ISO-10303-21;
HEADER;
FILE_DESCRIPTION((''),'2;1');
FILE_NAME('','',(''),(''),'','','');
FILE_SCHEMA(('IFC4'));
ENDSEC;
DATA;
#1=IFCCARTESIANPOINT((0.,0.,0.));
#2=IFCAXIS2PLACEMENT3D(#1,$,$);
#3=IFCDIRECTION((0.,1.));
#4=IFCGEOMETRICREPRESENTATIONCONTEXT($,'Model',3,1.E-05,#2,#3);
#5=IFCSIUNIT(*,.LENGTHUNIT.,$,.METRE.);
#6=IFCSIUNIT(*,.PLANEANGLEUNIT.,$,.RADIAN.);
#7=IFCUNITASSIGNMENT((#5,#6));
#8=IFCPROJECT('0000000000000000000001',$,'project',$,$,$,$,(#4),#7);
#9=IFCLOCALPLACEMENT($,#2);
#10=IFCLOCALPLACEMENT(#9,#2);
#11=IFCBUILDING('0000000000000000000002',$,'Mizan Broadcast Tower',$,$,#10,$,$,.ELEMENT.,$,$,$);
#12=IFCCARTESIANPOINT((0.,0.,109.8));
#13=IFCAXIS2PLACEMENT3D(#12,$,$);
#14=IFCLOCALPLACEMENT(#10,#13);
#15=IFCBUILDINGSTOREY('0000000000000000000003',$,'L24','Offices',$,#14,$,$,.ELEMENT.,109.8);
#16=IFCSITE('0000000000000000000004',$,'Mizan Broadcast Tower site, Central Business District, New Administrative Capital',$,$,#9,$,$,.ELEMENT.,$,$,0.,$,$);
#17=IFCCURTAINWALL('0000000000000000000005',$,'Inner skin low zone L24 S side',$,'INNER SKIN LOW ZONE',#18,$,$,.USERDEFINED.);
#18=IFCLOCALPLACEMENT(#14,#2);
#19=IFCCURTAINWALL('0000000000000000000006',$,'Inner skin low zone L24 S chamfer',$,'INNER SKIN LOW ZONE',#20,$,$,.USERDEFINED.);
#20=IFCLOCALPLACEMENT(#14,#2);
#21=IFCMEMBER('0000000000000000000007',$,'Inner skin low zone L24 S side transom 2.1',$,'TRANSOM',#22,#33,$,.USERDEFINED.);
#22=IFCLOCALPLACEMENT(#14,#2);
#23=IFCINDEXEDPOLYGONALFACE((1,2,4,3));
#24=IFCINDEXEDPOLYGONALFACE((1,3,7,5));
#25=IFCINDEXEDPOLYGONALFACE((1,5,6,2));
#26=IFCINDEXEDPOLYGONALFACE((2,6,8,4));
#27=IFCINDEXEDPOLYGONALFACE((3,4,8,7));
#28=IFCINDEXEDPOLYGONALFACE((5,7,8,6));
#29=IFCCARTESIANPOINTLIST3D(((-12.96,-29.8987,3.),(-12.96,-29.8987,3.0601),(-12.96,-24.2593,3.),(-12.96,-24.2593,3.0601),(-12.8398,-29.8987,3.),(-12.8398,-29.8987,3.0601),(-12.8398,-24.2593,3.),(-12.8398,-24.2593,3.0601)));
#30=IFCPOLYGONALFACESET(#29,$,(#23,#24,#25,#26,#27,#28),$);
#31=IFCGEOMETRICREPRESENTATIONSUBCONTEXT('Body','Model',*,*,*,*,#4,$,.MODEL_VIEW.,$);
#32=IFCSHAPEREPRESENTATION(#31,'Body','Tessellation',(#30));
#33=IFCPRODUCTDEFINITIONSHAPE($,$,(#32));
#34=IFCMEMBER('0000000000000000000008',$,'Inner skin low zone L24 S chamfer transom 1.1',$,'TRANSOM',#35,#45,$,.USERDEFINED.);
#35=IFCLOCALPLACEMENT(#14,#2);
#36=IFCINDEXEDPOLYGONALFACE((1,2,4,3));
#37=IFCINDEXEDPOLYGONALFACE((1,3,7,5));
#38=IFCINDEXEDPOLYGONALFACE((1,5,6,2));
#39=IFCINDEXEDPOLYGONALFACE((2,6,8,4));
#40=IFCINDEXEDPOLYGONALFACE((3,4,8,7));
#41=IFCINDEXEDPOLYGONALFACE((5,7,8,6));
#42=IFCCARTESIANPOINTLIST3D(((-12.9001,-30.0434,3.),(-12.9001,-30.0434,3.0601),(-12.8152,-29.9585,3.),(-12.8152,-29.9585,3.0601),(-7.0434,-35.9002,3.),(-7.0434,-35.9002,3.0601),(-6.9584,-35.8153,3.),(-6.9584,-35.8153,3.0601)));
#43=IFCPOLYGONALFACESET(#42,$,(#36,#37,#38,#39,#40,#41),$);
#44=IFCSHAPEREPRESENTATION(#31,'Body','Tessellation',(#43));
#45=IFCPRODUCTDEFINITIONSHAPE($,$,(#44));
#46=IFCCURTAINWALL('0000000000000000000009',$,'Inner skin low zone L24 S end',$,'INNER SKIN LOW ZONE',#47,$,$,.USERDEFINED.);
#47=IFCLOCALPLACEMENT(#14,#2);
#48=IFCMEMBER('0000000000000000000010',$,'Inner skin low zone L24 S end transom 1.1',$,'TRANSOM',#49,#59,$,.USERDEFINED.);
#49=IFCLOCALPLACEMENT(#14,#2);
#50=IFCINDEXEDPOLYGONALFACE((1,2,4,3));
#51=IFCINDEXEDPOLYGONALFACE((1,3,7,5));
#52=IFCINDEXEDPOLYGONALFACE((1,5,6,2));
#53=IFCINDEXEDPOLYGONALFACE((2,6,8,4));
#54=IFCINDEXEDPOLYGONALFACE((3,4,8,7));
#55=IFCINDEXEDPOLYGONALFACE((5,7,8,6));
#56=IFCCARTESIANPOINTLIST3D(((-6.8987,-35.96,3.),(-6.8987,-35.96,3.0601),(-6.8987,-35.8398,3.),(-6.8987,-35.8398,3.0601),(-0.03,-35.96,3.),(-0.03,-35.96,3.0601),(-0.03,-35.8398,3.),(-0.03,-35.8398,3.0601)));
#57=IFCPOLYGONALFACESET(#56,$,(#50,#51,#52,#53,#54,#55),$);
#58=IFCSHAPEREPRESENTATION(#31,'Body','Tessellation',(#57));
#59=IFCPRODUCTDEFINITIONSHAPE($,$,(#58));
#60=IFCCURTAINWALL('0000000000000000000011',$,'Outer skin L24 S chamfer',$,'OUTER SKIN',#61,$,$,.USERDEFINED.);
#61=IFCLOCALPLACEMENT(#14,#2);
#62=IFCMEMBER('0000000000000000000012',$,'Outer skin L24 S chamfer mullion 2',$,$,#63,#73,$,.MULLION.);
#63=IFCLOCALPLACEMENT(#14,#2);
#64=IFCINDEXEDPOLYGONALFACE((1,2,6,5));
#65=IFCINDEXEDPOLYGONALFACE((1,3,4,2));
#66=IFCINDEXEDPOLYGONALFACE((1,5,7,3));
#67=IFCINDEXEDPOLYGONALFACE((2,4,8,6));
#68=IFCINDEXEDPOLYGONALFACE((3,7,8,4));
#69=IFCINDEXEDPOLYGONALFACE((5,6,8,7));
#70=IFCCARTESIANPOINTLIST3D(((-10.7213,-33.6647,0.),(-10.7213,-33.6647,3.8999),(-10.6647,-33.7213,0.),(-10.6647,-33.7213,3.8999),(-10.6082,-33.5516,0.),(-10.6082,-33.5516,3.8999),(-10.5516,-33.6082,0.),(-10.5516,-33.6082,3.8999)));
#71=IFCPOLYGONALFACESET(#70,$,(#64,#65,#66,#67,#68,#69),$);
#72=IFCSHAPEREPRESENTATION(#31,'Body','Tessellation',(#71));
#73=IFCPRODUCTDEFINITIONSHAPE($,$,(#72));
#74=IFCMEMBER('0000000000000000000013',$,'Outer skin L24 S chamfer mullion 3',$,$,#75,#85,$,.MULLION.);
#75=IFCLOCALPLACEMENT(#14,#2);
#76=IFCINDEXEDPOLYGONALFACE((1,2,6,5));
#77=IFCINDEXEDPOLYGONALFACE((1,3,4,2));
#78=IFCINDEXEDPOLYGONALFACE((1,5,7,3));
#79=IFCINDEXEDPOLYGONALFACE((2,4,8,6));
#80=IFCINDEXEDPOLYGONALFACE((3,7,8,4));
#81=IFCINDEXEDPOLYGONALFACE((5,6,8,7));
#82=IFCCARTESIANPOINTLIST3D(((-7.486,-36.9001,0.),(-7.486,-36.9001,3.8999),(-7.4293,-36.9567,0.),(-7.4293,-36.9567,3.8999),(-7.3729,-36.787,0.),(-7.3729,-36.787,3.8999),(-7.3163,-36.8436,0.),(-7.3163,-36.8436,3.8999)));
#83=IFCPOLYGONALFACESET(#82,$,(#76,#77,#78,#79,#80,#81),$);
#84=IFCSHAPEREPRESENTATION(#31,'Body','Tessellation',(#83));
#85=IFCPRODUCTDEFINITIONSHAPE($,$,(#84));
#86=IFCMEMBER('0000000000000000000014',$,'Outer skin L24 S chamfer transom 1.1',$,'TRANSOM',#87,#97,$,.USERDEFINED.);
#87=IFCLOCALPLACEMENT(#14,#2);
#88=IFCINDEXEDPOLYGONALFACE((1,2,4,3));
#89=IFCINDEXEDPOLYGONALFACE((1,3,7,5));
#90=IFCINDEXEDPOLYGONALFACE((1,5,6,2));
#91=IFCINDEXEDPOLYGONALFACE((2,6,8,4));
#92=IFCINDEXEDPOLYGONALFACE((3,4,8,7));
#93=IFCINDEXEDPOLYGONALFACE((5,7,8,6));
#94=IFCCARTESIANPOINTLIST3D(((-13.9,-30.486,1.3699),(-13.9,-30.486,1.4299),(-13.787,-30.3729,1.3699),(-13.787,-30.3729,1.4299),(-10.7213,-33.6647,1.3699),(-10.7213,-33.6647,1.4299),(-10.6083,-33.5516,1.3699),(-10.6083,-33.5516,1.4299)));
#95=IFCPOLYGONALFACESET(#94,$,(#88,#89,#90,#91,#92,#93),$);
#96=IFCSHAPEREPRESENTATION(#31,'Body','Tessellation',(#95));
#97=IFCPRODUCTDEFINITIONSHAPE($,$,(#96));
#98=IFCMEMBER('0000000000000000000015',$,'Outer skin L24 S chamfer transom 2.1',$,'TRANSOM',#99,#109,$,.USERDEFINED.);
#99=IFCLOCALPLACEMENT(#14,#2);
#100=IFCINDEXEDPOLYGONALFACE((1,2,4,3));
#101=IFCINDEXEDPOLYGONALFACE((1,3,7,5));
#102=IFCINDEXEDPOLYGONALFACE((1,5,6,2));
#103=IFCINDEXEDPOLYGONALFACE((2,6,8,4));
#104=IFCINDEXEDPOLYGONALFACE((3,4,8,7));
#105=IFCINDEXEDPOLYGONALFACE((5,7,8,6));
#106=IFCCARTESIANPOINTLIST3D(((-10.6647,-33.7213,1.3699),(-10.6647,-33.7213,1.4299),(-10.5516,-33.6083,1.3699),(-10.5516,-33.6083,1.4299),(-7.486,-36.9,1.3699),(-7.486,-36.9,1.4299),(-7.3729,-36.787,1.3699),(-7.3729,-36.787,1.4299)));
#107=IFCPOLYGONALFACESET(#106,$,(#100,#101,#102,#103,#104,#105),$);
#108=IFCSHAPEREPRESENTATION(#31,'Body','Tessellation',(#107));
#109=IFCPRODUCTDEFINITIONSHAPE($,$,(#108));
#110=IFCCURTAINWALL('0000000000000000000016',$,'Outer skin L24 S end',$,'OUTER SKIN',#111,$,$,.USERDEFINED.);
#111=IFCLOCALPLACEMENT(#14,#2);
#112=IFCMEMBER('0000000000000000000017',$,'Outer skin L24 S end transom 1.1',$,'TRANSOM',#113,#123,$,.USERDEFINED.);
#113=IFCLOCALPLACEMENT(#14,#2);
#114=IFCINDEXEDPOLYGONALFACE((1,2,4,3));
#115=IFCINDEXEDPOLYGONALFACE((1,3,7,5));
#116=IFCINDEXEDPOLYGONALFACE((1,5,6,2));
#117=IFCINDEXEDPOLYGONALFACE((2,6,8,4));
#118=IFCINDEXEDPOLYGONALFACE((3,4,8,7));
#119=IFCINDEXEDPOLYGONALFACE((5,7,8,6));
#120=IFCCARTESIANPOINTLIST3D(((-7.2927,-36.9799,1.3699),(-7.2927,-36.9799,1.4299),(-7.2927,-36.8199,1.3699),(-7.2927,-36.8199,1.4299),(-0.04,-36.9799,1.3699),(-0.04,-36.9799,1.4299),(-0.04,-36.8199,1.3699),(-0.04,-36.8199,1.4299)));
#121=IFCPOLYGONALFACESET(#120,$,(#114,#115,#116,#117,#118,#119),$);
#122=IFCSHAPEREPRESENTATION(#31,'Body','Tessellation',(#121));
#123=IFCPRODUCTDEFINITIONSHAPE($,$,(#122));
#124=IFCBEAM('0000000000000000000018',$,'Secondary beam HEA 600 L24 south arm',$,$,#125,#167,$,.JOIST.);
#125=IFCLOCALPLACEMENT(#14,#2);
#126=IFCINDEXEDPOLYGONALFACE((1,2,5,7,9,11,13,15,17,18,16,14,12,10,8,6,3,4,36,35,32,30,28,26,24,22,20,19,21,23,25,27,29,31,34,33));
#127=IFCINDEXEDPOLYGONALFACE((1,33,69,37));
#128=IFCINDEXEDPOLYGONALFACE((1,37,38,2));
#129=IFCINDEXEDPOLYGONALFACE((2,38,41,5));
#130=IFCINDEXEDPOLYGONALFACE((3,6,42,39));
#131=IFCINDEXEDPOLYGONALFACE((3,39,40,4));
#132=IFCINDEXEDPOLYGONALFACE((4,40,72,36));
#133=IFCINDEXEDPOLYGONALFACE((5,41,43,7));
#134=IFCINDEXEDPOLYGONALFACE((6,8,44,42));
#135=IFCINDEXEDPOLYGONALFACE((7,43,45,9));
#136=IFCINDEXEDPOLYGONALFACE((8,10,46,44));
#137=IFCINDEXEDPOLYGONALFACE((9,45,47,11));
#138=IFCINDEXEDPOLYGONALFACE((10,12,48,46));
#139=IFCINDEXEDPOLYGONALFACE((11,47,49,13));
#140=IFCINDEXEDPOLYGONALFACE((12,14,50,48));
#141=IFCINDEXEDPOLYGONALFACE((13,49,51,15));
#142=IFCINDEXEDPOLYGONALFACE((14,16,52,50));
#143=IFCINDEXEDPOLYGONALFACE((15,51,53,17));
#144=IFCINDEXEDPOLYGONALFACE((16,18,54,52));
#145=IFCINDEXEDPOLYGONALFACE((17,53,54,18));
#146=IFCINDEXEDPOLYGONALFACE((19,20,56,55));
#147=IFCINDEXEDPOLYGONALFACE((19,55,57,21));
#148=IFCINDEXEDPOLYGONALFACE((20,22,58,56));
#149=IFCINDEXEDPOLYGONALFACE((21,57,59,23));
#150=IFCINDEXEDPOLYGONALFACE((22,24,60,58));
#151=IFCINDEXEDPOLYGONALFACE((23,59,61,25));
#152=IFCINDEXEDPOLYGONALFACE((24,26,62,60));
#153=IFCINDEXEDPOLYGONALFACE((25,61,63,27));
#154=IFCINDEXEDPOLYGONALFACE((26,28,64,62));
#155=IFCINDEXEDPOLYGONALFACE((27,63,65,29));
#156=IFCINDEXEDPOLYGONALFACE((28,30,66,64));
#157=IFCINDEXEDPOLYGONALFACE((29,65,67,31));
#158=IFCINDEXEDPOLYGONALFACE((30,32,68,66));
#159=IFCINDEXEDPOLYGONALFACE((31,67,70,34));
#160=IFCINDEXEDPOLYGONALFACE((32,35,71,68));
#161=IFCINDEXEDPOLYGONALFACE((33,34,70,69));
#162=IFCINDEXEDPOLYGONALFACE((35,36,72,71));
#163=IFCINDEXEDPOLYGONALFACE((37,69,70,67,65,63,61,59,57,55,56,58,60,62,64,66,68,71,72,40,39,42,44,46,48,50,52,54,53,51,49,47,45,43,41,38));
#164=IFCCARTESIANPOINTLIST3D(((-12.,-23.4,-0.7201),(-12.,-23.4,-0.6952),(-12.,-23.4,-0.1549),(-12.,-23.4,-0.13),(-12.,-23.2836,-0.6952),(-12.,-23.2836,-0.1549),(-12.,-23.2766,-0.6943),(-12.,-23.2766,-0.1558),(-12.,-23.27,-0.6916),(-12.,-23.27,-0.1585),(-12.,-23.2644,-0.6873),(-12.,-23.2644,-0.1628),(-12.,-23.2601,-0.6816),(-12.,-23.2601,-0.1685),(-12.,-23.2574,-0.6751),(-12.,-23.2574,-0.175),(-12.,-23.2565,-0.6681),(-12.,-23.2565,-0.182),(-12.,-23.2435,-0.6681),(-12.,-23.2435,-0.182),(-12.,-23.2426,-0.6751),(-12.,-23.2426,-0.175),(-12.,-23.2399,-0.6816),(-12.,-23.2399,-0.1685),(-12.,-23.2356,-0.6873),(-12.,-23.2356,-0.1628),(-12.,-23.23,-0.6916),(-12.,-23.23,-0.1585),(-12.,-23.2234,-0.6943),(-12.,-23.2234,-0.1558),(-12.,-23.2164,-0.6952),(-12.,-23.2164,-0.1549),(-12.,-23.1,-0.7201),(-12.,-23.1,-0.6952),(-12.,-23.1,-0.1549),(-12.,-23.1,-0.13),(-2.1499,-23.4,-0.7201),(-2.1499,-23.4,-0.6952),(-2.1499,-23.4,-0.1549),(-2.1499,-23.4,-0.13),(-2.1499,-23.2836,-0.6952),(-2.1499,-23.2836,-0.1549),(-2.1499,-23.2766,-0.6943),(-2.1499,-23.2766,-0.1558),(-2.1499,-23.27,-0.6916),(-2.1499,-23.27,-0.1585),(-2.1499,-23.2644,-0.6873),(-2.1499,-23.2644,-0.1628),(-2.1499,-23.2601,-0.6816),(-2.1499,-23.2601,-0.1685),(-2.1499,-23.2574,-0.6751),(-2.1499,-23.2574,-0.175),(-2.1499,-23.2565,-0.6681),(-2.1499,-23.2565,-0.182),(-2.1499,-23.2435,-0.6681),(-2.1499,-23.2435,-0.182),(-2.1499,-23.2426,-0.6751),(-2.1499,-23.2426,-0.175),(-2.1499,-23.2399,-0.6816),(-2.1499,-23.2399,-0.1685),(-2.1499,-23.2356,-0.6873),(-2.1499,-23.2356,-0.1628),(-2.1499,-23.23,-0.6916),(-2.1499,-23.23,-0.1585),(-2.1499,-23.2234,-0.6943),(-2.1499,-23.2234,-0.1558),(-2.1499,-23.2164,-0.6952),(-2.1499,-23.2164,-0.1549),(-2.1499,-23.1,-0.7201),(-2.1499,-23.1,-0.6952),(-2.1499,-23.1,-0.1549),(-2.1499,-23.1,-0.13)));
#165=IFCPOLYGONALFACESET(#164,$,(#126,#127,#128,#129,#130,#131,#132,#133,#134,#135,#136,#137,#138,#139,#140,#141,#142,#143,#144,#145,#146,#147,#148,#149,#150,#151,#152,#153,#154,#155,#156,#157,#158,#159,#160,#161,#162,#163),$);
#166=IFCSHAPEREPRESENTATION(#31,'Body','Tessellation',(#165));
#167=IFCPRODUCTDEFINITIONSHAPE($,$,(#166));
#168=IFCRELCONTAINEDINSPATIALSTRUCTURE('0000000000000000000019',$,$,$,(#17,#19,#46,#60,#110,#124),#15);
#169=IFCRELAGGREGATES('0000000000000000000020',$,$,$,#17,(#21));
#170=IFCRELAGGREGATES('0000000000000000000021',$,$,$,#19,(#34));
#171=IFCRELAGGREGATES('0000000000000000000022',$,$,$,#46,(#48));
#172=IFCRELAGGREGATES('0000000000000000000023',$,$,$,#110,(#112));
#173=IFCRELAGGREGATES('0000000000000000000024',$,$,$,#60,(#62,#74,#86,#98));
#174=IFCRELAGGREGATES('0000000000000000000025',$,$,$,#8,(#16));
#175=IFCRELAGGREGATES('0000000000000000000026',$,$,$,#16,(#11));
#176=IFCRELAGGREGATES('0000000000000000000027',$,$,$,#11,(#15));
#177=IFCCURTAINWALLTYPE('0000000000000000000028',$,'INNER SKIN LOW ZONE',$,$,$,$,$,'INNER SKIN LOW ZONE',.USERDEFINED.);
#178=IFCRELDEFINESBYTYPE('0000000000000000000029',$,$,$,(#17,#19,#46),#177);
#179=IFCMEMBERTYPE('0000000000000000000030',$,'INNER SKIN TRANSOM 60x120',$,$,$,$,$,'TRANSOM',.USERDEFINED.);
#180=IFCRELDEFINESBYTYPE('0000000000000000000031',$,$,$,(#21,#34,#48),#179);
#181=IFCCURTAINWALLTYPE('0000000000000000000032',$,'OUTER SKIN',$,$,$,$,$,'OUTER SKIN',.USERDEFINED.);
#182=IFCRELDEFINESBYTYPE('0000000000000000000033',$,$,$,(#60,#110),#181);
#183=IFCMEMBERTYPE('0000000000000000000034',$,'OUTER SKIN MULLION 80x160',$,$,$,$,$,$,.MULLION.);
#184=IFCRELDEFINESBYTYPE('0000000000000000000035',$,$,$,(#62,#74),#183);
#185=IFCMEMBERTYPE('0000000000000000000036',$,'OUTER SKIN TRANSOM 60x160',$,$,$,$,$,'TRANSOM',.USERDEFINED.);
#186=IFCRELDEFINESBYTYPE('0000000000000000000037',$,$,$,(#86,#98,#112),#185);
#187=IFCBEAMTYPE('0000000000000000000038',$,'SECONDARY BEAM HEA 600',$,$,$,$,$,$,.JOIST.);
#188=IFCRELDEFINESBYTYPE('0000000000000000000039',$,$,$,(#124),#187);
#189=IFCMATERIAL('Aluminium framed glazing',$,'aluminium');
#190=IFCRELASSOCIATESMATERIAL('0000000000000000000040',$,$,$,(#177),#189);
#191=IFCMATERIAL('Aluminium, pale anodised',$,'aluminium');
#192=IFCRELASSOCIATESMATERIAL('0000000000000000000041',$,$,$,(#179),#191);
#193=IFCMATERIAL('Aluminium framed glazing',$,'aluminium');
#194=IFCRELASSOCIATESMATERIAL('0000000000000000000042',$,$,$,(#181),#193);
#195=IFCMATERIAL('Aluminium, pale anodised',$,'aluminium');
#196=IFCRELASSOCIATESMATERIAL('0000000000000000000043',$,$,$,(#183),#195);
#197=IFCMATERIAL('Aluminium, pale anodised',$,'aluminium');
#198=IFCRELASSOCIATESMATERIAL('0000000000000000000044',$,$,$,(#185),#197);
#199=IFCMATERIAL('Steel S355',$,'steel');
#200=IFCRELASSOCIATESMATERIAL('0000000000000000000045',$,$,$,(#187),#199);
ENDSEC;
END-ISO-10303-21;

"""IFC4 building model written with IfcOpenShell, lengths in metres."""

from ifc_helpers import new_model, si_unit, direction, frame, origin, origin_2d, place, context, subcontext, project, spatial, rectangle, i_section, extrude, material, material_profile, profile_set, type_object, element, aggregate, save


model = new_model("IFC4")

# Units and contexts
model_context = context("Model", 3, precision=1e-05, world=origin(), true_north=direction((0.0, 1.0)))
body_context = subcontext(model_context, "Body", "Model", "MODEL_VIEW")
ifc_project = project(units=[si_unit("LENGTHUNIT", "METRE"), si_unit("PLANEANGLEUNIT", "RADIAN")], contexts=[model_context])

# Site, building, storey
site_placement = place(None, origin())
site = spatial("IfcSite", under=ifc_project, at=site_placement, Name="Mizan Broadcast Tower site, Central Business District, New Administrative Capital", CompositionType="ELEMENT", RefElevation=0.0)
building_placement = place(site_placement, origin())
building = spatial("IfcBuilding", under=site, at=building_placement, Name="Mizan Broadcast Tower", CompositionType="ELEMENT")
storey_placement = place(building_placement, frame((0.0, 0.0, 109.8)))
storey = spatial("IfcBuildingStorey", under=building, at=storey_placement, Name="L24", Description="Offices", CompositionType="ELEMENT", Elevation=109.8)

# Curtain wall
ifc_material_1 = material(Name="Aluminium framed glazing", Category="aluminium")
curtain_wall_type_1 = type_object("IfcCurtainWallType", Name="INNER SKIN LOW ZONE", ElementType="INNER SKIN LOW ZONE", PredefinedType="USERDEFINED", material=ifc_material_1)
curtain_wall_1_placement = place(storey_placement, origin())
curtain_wall_1 = element("IfcCurtainWall", 1, at=curtain_wall_1_placement, inside=storey, type_object=curtain_wall_type_1, Name="Inner skin low zone L24 S side", ObjectType="INNER SKIN LOW ZONE", PredefinedType="USERDEFINED")

# Curtain wall
curtain_wall_2_placement = place(storey_placement, origin())
curtain_wall_2 = element("IfcCurtainWall", 2, at=curtain_wall_2_placement, inside=storey, type_object=curtain_wall_type_1, Name="Inner skin low zone L24 S chamfer", ObjectType="INNER SKIN LOW ZONE", PredefinedType="USERDEFINED")

# Members
ifc_material_2 = material(Name="Aluminium, pale anodised", Category="aluminium")
ifc_material_profile_1 = material_profile(ifc_material_2, rectangle(XDim=0.1201, YDim=0.0601, at=origin_2d()), Name="TRANSOM 120x60")
ifc_profile_set_1 = profile_set([ifc_material_profile_1], Name="Aluminium, pale anodised")
member_type_1 = type_object("IfcMemberType", Name="INNER SKIN TRANSOM 60x120", ElementType="TRANSOM", PredefinedType="USERDEFINED", material=ifc_profile_set_1)
member_1_placement = place(storey_placement, frame((-12.8999, -24.2593, 3.03), z_axis=(0.0, -1.0, 0.0), x_axis=(1.0, 0.0, 0.0)))
member_1 = element("IfcMember", 3, at=member_1_placement, type_object=member_type_1, Name="Inner skin low zone L24 S side transom 2.1", ObjectType="TRANSOM", PredefinedType="USERDEFINED", context=body_context, shape_type="SweptSolid", body=[
    extrude(rectangle(XDim=0.1201, YDim=0.0601, at=origin_2d()), origin(), (0.0, 0.0, 1.0), 5.6394),
])
member_2_placement = place(storey_placement, frame((-12.8577, -30.001, 3.03), z_axis=(0.707107, -0.707107, 0.0), x_axis=(0.707107, 0.707107, 0.0)))
member_2 = element("IfcMember", 4, at=member_2_placement, type_object=member_type_1, Name="Inner skin low zone L24 S chamfer transom 1.1", ObjectType="TRANSOM", PredefinedType="USERDEFINED", context=body_context, shape_type="SweptSolid", body=[
    extrude(rectangle(XDim=0.1201, YDim=0.0601, at=origin_2d()), origin(), (0.0, 0.0, 1.0), 8.2827),
])

# Curtain wall, member
curtain_wall_3_placement = place(storey_placement, origin())
curtain_wall_3 = element("IfcCurtainWall", 5, at=curtain_wall_3_placement, inside=storey, type_object=curtain_wall_type_1, Name="Inner skin low zone L24 S end", ObjectType="INNER SKIN LOW ZONE", PredefinedType="USERDEFINED")
member_3_placement = place(storey_placement, frame((-6.8987, -35.8999, 3.03), z_axis=(1.0, 0.0, 0.0), x_axis=(0.0, 1.0, 0.0)))
member_3 = element("IfcMember", 6, at=member_3_placement, type_object=member_type_1, Name="Inner skin low zone L24 S end transom 1.1", ObjectType="TRANSOM", PredefinedType="USERDEFINED", context=body_context, shape_type="SweptSolid", body=[
    extrude(rectangle(XDim=0.1201, YDim=0.0601, at=origin_2d()), origin(), (0.0, 0.0, 1.0), 6.8687),
])

# Curtain wall, members
ifc_material_3 = material(Name="Aluminium framed glazing", Category="aluminium")
curtain_wall_type_2 = type_object("IfcCurtainWallType", Name="OUTER SKIN", ElementType="OUTER SKIN", PredefinedType="USERDEFINED", material=ifc_material_3)
curtain_wall_4_placement = place(storey_placement, origin())
curtain_wall_4 = element("IfcCurtainWall", 7, at=curtain_wall_4_placement, inside=storey, type_object=curtain_wall_type_2, Name="Outer skin L24 S chamfer", ObjectType="OUTER SKIN", PredefinedType="USERDEFINED")
ifc_material_4 = material(Name="Aluminium, pale anodised", Category="aluminium")
ifc_material_profile_2 = material_profile(ifc_material_4, rectangle(XDim=0.1599, YDim=0.0801, at=origin_2d()), Name="MULLION 160x80")
ifc_profile_set_2 = profile_set([ifc_material_profile_2], Name="Aluminium, pale anodised")
member_type_2 = type_object("IfcMemberType", Name="OUTER SKIN MULLION 80x160", PredefinedType="MULLION", material=ifc_profile_set_2)
member_4_placement = place(storey_placement, frame((-10.6365, -33.6365, 0.0), z_axis=(0.0, 0.0, 1.0), x_axis=(0.707107, 0.707107, 0.0)))
member_4 = element("IfcMember", 8, at=member_4_placement, type_object=member_type_2, Name="Outer skin L24 S chamfer mullion 2", PredefinedType="MULLION", context=body_context, shape_type="SweptSolid", body=[
    extrude(rectangle(XDim=0.1599, YDim=0.0801, at=origin_2d()), origin(), (0.0, 0.0, 1.0), 3.8999),
])
member_5_placement = place(storey_placement, frame((-7.4011, -36.8718, 0.0), z_axis=(0.0, 0.0, 1.0), x_axis=(0.707107, 0.707107, 0.0)))
member_5 = element("IfcMember", 9, at=member_5_placement, type_object=member_type_2, Name="Outer skin L24 S chamfer mullion 3", PredefinedType="MULLION", context=body_context, shape_type="SweptSolid", body=[
    extrude(rectangle(XDim=0.1599, YDim=0.0801, at=origin_2d()), origin(), (0.0, 0.0, 1.0), 3.8999),
])
ifc_material_5 = material(Name="Aluminium, pale anodised", Category="aluminium")
ifc_material_profile_3 = material_profile(ifc_material_5, rectangle(XDim=0.1599, YDim=0.0601, at=origin_2d()), Name="TRANSOM 160x60")
ifc_profile_set_3 = profile_set([ifc_material_profile_3], Name="Aluminium, pale anodised")
member_type_3 = type_object("IfcMemberType", Name="OUTER SKIN TRANSOM 60x160", ElementType="TRANSOM", PredefinedType="USERDEFINED", material=ifc_profile_set_3)
member_6_placement = place(storey_placement, frame((-13.8435, -30.4294, 1.3999), z_axis=(0.707107, -0.707107, 0.0), x_axis=(0.707107, 0.707107, 0.0)))
member_6 = element("IfcMember", 10, at=member_6_placement, type_object=member_type_3, Name="Outer skin L24 S chamfer transom 1.1", ObjectType="TRANSOM", PredefinedType="USERDEFINED", context=body_context, shape_type="SweptSolid", body=[
    extrude(rectangle(XDim=0.1599, YDim=0.0601, at=origin_2d()), origin(), (0.0, 0.0, 1.0), 4.4954),
])
member_7_placement = place(storey_placement, frame((-10.6082, -33.6648, 1.3999), z_axis=(0.707107, -0.707107, 0.0), x_axis=(0.707107, 0.707107, 0.0)))
member_7 = element("IfcMember", 11, at=member_7_placement, type_object=member_type_3, Name="Outer skin L24 S chamfer transom 2.1", ObjectType="TRANSOM", PredefinedType="USERDEFINED", context=body_context, shape_type="SweptSolid", body=[
    extrude(rectangle(XDim=0.1599, YDim=0.0601, at=origin_2d()), origin(), (0.0, 0.0, 1.0), 4.4954),
])

# Curtain wall, member
curtain_wall_5_placement = place(storey_placement, origin())
curtain_wall_5 = element("IfcCurtainWall", 12, at=curtain_wall_5_placement, inside=storey, type_object=curtain_wall_type_2, Name="Outer skin L24 S end", ObjectType="OUTER SKIN", PredefinedType="USERDEFINED")
member_8_placement = place(storey_placement, frame((-7.2927, -36.8999, 1.3999), z_axis=(1.0, 0.0, 0.0), x_axis=(0.0, 1.0, 0.0)))
member_8 = element("IfcMember", 13, at=member_8_placement, type_object=member_type_3, Name="Outer skin L24 S end transom 1.1", ObjectType="TRANSOM", PredefinedType="USERDEFINED", context=body_context, shape_type="SweptSolid", body=[
    extrude(rectangle(XDim=0.1599, YDim=0.0601, at=origin_2d()), origin(), (0.0, 0.0, 1.0), 7.2527),
])

# Beam
ifc_material_6 = material(Name="Steel S355", Category="steel")
ifc_material_profile_4 = material_profile(ifc_material_6, i_section(OverallWidth=0.3, OverallDepth=0.5901, WebThickness=0.0129, FlangeThickness=0.0249, FilletRadius=0.0271, at=origin_2d()), Name="HEA 600")
ifc_profile_set_4 = profile_set([ifc_material_profile_4], Name="Steel S355")
beam_type_1 = type_object("IfcBeamType", Name="SECONDARY BEAM HEA 600", PredefinedType="JOIST", material=ifc_profile_set_4)
beam_1_placement = place(storey_placement, frame((-12.0, -23.25, -0.425), z_axis=(1.0, 0.0, 0.0), x_axis=(0.0, 1.0, 0.0)))
element("IfcBeam", 14, at=beam_1_placement, inside=storey, type_object=beam_type_1, Name="Secondary beam HEA 600 L24 south arm", PredefinedType="JOIST", context=body_context, shape_type="SweptSolid", body=[
    extrude(i_section(OverallWidth=0.3, OverallDepth=0.5901, WebThickness=0.0129, FlangeThickness=0.0249, FilletRadius=0.0271, at=origin_2d()), origin(), (0.0, 0.0, 1.0), 9.8501),
])

aggregate(curtain_wall_1, [member_1])
aggregate(curtain_wall_2, [member_2])
aggregate(curtain_wall_3, [member_3])
aggregate(curtain_wall_5, [member_8])
aggregate(curtain_wall_4, [member_4, member_5, member_6, member_7])

save(model, "model.ifc")
